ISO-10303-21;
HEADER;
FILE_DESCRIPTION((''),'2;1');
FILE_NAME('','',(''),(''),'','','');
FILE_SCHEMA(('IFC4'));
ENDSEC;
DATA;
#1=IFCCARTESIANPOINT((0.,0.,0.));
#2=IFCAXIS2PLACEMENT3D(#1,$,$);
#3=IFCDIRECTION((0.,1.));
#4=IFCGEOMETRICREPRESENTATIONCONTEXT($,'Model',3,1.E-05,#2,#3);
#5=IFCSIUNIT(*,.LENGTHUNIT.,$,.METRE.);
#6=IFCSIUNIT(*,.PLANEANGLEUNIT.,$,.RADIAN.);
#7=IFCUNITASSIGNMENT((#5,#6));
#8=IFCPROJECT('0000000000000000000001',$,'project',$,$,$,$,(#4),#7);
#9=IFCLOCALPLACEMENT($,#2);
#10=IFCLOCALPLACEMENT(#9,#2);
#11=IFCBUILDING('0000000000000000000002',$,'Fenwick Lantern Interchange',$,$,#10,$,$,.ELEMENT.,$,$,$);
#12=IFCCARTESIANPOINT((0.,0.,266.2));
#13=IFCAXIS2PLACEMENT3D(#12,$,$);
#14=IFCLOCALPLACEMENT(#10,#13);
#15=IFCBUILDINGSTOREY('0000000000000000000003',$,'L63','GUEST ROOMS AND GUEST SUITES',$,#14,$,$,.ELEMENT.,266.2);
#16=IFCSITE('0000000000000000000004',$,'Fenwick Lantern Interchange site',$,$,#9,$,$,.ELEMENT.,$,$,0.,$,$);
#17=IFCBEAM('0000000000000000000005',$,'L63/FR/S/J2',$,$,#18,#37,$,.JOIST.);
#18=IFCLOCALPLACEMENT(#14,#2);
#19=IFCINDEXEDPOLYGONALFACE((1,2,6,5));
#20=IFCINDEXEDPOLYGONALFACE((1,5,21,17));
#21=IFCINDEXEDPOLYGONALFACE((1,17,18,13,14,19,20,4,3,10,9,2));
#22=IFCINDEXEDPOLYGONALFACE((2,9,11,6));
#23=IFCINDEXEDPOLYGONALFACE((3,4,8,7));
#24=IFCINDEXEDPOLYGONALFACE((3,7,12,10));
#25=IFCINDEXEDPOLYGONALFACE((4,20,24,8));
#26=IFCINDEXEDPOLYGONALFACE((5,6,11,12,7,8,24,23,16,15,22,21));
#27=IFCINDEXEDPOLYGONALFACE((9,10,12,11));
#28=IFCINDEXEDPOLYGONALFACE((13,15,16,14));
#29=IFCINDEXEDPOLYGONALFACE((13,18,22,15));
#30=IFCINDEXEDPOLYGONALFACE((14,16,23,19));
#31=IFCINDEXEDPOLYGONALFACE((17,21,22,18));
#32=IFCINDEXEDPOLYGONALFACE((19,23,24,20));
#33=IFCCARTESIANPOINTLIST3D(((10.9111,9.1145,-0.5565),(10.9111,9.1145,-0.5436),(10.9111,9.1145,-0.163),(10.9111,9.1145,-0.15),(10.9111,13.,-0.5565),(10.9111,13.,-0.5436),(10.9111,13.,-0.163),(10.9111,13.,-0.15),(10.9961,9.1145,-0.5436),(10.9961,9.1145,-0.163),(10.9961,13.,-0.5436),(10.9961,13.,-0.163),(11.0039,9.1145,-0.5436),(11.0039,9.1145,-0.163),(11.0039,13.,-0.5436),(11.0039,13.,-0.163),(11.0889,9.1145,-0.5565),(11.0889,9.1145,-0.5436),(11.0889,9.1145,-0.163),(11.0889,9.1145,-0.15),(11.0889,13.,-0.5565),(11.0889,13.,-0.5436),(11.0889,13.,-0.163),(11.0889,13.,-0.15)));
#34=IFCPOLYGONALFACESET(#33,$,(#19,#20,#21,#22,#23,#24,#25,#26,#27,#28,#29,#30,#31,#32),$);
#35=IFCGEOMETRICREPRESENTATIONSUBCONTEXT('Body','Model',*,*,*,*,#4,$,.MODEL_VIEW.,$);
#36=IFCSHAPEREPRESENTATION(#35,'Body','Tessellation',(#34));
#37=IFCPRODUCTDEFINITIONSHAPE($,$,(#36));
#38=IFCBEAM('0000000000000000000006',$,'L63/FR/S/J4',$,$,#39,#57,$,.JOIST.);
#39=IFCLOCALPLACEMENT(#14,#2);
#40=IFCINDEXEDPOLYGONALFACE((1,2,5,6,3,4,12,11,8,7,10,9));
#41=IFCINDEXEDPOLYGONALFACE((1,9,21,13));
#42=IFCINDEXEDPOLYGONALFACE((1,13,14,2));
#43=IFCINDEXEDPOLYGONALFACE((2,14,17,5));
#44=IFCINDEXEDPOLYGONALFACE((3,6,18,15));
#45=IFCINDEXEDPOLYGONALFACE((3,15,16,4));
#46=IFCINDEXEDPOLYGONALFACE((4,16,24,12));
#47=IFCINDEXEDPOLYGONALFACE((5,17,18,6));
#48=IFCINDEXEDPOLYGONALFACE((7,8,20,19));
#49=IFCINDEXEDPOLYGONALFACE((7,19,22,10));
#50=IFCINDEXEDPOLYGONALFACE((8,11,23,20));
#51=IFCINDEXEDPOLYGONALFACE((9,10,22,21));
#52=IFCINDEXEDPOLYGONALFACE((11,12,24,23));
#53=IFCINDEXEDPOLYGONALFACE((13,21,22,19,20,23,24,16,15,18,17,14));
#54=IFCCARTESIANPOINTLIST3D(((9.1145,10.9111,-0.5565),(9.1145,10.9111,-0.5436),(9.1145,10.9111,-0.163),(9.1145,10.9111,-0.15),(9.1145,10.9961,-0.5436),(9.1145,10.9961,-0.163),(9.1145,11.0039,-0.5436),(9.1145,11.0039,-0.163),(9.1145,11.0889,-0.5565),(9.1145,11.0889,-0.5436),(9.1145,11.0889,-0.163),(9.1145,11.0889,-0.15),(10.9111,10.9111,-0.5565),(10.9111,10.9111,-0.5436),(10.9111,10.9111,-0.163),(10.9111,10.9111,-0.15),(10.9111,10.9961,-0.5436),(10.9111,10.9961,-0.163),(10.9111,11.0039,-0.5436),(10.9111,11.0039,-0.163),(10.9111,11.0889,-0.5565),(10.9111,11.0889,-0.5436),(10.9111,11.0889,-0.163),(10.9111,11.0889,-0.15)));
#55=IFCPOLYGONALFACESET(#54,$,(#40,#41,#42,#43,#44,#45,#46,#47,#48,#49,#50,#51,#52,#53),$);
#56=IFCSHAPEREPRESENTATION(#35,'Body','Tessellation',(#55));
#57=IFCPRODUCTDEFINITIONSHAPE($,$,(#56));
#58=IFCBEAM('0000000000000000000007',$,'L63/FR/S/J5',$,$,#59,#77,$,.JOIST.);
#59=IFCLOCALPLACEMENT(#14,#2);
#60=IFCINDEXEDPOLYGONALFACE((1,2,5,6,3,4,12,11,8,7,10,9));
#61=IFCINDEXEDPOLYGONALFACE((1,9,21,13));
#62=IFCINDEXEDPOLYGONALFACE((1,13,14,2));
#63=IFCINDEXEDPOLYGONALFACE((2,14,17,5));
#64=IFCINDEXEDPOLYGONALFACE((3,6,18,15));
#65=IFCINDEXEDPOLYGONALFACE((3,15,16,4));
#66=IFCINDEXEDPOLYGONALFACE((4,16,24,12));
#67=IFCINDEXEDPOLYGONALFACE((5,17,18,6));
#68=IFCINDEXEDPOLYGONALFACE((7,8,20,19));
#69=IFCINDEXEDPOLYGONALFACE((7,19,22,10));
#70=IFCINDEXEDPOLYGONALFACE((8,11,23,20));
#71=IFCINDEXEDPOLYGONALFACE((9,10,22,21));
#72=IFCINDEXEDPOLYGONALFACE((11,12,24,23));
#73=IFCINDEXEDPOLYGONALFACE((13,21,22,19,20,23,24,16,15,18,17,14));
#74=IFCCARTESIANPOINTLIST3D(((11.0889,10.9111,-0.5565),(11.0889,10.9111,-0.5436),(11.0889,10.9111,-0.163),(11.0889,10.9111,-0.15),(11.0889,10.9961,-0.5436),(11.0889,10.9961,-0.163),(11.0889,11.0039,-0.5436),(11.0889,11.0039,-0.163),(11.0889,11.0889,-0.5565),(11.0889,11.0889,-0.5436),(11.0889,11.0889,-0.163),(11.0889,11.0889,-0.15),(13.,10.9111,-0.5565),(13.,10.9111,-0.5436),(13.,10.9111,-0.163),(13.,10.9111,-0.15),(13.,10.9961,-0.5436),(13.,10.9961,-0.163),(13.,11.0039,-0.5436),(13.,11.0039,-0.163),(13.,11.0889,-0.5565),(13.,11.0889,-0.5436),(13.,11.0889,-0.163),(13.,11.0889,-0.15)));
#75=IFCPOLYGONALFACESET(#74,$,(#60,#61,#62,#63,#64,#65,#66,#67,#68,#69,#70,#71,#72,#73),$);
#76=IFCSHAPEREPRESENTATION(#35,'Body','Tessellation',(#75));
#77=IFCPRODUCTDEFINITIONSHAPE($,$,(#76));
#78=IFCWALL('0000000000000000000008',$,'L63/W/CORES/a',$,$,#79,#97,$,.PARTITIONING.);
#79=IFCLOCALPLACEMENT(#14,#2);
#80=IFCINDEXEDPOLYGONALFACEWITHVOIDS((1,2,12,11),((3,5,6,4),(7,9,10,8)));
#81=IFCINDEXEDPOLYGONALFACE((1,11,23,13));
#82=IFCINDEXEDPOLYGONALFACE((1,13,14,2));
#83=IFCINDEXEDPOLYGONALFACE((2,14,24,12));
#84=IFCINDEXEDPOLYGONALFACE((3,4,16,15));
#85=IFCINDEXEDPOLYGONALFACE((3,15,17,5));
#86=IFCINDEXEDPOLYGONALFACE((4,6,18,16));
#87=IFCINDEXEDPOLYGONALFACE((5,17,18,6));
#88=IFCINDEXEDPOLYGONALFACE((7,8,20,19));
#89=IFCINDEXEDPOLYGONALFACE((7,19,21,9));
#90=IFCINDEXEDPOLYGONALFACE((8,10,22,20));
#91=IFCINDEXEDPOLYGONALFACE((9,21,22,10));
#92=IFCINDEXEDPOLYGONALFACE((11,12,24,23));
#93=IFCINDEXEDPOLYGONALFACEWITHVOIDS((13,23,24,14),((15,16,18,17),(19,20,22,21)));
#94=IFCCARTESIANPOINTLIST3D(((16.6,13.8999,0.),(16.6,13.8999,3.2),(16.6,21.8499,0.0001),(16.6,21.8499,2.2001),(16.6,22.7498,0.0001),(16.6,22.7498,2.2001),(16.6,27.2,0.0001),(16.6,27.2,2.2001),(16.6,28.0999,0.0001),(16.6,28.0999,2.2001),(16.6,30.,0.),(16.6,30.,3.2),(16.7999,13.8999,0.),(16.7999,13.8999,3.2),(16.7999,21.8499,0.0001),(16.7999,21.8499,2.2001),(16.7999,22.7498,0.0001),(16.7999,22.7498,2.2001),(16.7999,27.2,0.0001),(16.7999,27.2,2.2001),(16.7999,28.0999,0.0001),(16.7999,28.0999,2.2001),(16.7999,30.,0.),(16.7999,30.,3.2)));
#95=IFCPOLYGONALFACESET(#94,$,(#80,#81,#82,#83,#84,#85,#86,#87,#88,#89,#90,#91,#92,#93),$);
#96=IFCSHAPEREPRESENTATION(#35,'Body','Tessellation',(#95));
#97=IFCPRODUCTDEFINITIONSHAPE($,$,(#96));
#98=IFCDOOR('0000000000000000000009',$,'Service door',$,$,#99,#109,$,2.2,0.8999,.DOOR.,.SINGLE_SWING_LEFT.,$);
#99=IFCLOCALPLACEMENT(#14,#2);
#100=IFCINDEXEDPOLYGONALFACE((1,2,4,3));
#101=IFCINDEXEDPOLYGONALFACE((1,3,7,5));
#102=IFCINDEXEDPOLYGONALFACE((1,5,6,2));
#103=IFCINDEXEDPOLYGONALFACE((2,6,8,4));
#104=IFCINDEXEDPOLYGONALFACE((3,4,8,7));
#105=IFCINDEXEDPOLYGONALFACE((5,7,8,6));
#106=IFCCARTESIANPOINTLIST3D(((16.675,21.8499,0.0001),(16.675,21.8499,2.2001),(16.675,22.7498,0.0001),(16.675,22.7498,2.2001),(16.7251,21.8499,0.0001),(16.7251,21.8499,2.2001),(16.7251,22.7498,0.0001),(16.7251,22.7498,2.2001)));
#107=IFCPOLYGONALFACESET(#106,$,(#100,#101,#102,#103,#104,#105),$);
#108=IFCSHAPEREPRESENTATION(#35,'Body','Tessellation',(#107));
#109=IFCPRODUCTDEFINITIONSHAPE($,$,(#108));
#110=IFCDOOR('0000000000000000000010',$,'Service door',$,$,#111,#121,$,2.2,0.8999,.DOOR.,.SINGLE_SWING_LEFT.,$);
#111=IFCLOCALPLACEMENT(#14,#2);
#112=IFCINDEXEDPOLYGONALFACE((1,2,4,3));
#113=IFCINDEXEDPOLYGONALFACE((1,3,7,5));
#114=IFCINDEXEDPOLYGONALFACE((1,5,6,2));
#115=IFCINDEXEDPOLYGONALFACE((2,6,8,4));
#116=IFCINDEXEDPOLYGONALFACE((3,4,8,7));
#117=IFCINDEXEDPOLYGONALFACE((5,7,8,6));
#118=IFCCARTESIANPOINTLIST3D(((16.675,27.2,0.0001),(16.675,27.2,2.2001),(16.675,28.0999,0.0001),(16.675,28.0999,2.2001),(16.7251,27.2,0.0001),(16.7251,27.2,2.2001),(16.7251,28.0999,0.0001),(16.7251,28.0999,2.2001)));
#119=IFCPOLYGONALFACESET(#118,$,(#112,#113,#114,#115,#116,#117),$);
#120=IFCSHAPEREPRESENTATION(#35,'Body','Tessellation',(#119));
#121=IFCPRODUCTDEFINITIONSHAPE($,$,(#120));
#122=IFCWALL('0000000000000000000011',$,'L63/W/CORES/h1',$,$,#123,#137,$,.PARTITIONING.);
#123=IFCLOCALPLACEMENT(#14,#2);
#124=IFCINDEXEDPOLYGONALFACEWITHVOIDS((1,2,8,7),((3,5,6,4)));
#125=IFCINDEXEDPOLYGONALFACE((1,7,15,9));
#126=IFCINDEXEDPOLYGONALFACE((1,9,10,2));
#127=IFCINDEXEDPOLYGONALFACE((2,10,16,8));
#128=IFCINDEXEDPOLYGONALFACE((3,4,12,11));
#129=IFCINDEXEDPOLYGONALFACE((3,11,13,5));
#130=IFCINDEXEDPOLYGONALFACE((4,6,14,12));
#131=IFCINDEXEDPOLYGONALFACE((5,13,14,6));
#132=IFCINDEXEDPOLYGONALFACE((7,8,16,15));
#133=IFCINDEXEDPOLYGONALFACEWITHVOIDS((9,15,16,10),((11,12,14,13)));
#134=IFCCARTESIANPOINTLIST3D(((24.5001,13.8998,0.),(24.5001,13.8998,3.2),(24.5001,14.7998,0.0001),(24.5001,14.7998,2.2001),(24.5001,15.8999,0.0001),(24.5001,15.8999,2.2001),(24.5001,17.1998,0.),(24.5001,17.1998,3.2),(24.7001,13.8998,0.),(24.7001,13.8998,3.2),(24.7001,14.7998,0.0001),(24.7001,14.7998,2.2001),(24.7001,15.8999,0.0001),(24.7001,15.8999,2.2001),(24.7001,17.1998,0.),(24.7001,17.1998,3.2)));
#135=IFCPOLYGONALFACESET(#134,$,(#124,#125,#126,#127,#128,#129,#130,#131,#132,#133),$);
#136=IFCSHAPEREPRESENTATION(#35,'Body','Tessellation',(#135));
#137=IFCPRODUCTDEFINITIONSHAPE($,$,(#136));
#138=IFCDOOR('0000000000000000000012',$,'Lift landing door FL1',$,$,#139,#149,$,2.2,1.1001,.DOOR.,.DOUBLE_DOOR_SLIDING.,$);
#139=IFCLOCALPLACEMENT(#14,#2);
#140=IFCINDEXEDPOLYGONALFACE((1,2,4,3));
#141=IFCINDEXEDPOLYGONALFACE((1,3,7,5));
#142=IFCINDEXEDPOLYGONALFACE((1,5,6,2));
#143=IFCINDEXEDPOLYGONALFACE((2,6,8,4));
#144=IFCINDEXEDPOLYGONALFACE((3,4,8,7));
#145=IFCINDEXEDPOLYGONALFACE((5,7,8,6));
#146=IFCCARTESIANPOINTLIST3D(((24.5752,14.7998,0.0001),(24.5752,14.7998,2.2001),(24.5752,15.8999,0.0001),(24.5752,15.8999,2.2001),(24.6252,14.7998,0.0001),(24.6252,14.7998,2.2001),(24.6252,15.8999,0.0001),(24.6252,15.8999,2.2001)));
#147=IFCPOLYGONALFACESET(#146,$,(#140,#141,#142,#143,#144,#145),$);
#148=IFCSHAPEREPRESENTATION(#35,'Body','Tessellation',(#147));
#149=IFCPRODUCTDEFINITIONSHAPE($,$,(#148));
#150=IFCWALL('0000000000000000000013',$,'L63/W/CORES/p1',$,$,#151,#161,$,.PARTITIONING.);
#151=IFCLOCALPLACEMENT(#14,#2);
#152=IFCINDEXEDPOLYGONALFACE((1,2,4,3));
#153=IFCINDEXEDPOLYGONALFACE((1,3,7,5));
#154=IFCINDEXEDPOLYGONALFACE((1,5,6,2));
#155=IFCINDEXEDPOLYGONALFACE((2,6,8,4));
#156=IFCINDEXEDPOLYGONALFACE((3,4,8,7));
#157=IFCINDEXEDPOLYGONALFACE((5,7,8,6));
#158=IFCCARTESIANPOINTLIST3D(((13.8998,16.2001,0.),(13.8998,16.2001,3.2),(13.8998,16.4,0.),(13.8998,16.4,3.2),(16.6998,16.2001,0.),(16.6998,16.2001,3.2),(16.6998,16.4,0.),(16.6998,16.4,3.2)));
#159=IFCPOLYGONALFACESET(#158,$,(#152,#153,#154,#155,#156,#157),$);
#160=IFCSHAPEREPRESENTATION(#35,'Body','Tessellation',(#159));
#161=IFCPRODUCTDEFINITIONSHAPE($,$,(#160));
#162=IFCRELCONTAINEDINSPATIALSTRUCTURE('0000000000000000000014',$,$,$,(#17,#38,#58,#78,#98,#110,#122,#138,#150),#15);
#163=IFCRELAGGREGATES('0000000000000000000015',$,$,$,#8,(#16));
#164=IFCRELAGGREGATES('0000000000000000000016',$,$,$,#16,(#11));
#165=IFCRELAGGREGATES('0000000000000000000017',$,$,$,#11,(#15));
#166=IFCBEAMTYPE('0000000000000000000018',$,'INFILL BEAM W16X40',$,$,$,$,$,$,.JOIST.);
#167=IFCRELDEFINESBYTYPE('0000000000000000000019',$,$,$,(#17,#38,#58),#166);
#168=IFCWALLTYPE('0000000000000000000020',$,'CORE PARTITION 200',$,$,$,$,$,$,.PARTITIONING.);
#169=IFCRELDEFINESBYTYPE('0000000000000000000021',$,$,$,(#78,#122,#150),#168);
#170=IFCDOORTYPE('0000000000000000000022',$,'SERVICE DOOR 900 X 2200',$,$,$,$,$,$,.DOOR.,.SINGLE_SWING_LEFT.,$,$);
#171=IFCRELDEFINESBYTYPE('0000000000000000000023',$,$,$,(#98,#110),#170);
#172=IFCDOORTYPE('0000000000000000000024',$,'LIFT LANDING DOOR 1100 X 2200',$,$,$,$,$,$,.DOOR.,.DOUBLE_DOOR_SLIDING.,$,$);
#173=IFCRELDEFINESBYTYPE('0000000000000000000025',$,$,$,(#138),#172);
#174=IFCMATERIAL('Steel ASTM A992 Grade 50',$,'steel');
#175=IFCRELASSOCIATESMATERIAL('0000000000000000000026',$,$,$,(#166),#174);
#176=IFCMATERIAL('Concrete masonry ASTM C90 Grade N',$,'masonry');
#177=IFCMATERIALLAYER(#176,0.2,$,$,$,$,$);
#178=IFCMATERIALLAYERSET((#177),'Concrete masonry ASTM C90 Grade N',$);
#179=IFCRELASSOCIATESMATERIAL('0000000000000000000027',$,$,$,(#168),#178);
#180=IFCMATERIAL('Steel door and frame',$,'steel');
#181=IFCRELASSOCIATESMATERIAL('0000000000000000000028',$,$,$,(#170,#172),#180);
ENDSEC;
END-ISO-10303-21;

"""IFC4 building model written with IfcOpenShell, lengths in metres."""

from ifc_helpers import new_model, si_unit, direction, frame, frame_2d, origin, origin_2d, place, context, subcontext, project, spatial, rectangle, i_section, extrude, material, layer, layer_set, material_profile, profile_set, type_object, element, fill, save


model = new_model("IFC4")

# Units and contexts
model_context = context("Model", 3, precision=1e-05, world=origin(), true_north=direction((0.0, 1.0)))
body_context = subcontext(model_context, "Body", "Model", "MODEL_VIEW")
ifc_project = project(units=[si_unit("LENGTHUNIT", "METRE"), si_unit("PLANEANGLEUNIT", "RADIAN")], contexts=[model_context])

# Site, building, storey
site_placement = place(None, origin())
site = spatial("IfcSite", under=ifc_project, at=site_placement, Name="Fenwick Lantern Interchange site", CompositionType="ELEMENT", RefElevation=0.0)
building_placement = place(site_placement, origin())
building = spatial("IfcBuilding", under=site, at=building_placement, Name="Fenwick Lantern Interchange", CompositionType="ELEMENT")
storey_placement = place(building_placement, frame((0.0, 0.0, 266.2)))
storey = spatial("IfcBuildingStorey", under=building, at=storey_placement, Name="L63", Description="GUEST ROOMS AND GUEST SUITES", CompositionType="ELEMENT", Elevation=266.2)

# Beams
ifc_material_1 = material(Name="Steel ASTM A992 Grade 50", Category="steel")
ifc_material_profile = material_profile(ifc_material_1, i_section(OverallWidth=0.1777, OverallDepth=0.4065, WebThickness=0.0078, FlangeThickness=0.0129, at=origin_2d()), Name="W16X40")
ifc_profile_set = profile_set([ifc_material_profile], Name="Steel ASTM A992 Grade 50")
beam_type = type_object("IfcBeamType", Name="INFILL BEAM W16X40", PredefinedType="JOIST", material=ifc_profile_set)
beam_1_placement = place(storey_placement, frame((11.0, 9.1145, -0.3533), z_axis=(0.0, 1.0, 0.0), x_axis=(-1.0, 0.0, 0.0)))
element("IfcBeam", 1, at=beam_1_placement, inside=storey, type_object=beam_type, Name="L63/FR/S/J2", PredefinedType="JOIST", context=body_context, shape_type="SweptSolid", body=[
    extrude(i_section(OverallWidth=0.1777, OverallDepth=0.4065, WebThickness=0.0078, FlangeThickness=0.0129, at=origin_2d()), origin(), (0.0, 0.0, 1.0), 3.8855),
])
beam_2_placement = place(storey_placement, frame((9.1145, 11.0, -0.3533), z_axis=(1.0, 0.0, 0.0), x_axis=(0.0, 1.0, 0.0)))
element("IfcBeam", 2, at=beam_2_placement, inside=storey, type_object=beam_type, Name="L63/FR/S/J4", PredefinedType="JOIST", context=body_context, shape_type="SweptSolid", body=[
    extrude(i_section(OverallWidth=0.1777, OverallDepth=0.4065, WebThickness=0.0078, FlangeThickness=0.0129, at=origin_2d()), origin(), (0.0, 0.0, 1.0), 1.7966),
])
beam_3_placement = place(storey_placement, frame((11.0889, 11.0, -0.3533), z_axis=(1.0, 0.0, 0.0), x_axis=(0.0, 1.0, 0.0)))
element("IfcBeam", 3, at=beam_3_placement, inside=storey, type_object=beam_type, Name="L63/FR/S/J5", PredefinedType="JOIST", context=body_context, shape_type="SweptSolid", body=[
    extrude(i_section(OverallWidth=0.1777, OverallDepth=0.4065, WebThickness=0.0078, FlangeThickness=0.0129, at=origin_2d()), origin(), (0.0, 0.0, 1.0), 1.9111),
])

# Wall, openings, doors
ifc_material_2 = material(Name="Concrete masonry ASTM C90 Grade N", Category="masonry")
ifc_layer_1 = layer(ifc_material_2, 0.2)
ifc_layer_set_1 = layer_set([ifc_layer_1], Name="Concrete masonry ASTM C90 Grade N")
wall_type_1 = type_object("IfcWallType", Name="CORE PARTITION 200", PredefinedType="PARTITIONING", material=ifc_layer_set_1)
wall_1_placement = place(storey_placement, frame((16.7, 13.8999, 0.0), z_axis=(0.0, 0.0, 1.0), x_axis=(0.0, 1.0, 0.0)))
wall_1 = element("IfcWall", 4, at=wall_1_placement, inside=storey, type_object=wall_type_1, Name="L63/W/CORES/a", PredefinedType="PARTITIONING", context=body_context, shape_type="SweptSolid", body=[
    extrude(rectangle(XDim=16.1001, YDim=0.2, at=frame_2d((8.05, 0.0))), origin(), (0.0, 0.0, 1.0), 3.2),
])
opening_1_placement = place(wall_1_placement, frame((7.95, 0.0, 0.0)))
opening_1 = element("IfcOpeningElement", 5, at=opening_1_placement, cuts=wall_1, PredefinedType="OPENING", context=body_context, shape_type="SweptSolid", body=[
    extrude(rectangle(XDim=0.8999, YDim=2.2, at=frame_2d((0.45, 1.1001))), frame((0.0, 0.1099, 0.0), z_axis=(0.0, -1.0, 0.0), x_axis=(1.0, 0.0, 0.0)), (0.0, 0.0, 1.0), 0.22),
])
opening_2_placement = place(wall_1_placement, frame((13.3, 0.0, 0.0)))
opening_2 = element("IfcOpeningElement", 6, at=opening_2_placement, cuts=wall_1, PredefinedType="OPENING", context=body_context, shape_type="SweptSolid", body=[
    extrude(rectangle(XDim=0.8999, YDim=2.2, at=frame_2d((0.45, 1.1001))), frame((0.0, 0.1099, 0.0), z_axis=(0.0, -1.0, 0.0), x_axis=(1.0, 0.0, 0.0)), (0.0, 0.0, 1.0), 0.22),
])
ifc_material_3 = material(Name="Steel door and frame", Category="steel")
door_type_1 = type_object("IfcDoorType", Name="SERVICE DOOR 900 X 2200", OperationType="SINGLE_SWING_LEFT", PredefinedType="DOOR", material=ifc_material_3)
door_1_placement = place(opening_1_placement, origin())
door_1 = element("IfcDoor", 7, at=door_1_placement, inside=storey, type_object=door_type_1, Name="Service door", OperationType="SINGLE_SWING_LEFT", OverallHeight=2.2, OverallWidth=0.8999, PredefinedType="DOOR", context=body_context, shape_type="SweptSolid", body=[
    extrude(rectangle(XDim=0.8999, YDim=2.2, at=frame_2d((0.45, 1.1001))), frame((0.0, 0.0249, 0.0), z_axis=(0.0, -1.0, 0.0), x_axis=(1.0, 0.0, 0.0)), (0.0, 0.0, 1.0), 0.05),
])
fill(opening_1, door_1)
door_2_placement = place(opening_2_placement, origin())
door_2 = element("IfcDoor", 8, at=door_2_placement, inside=storey, type_object=door_type_1, Name="Service door", OperationType="SINGLE_SWING_LEFT", OverallHeight=2.2, OverallWidth=0.8999, PredefinedType="DOOR", context=body_context, shape_type="SweptSolid", body=[
    extrude(rectangle(XDim=0.8999, YDim=2.2, at=frame_2d((0.45, 1.1001))), frame((0.0, 0.0249, 0.0), z_axis=(0.0, -1.0, 0.0), x_axis=(1.0, 0.0, 0.0)), (0.0, 0.0, 1.0), 0.05),
])
fill(opening_2, door_2)

# Wall, opening, door
wall_2_placement = place(storey_placement, frame((24.6001, 13.8999, 0.0), z_axis=(0.0, 0.0, 1.0), x_axis=(0.0, 1.0, 0.0)))
wall_2 = element("IfcWall", 9, at=wall_2_placement, inside=storey, type_object=wall_type_1, Name="L63/W/CORES/h1", PredefinedType="PARTITIONING", context=body_context, shape_type="SweptSolid", body=[
    extrude(rectangle(XDim=3.3, YDim=0.2, at=frame_2d((1.6499, 0.0))), origin(), (0.0, 0.0, 1.0), 3.2),
])
opening_3_placement = place(wall_2_placement, frame((0.8999, 0.0, 0.0)))
opening_3 = element("IfcOpeningElement", 10, at=opening_3_placement, cuts=wall_2, PredefinedType="OPENING", context=body_context, shape_type="SweptSolid", body=[
    extrude(rectangle(XDim=1.1001, YDim=2.2, at=frame_2d((0.55, 1.1001))), frame((0.0, 0.1099, 0.0), z_axis=(0.0, -1.0, 0.0), x_axis=(1.0, 0.0, 0.0)), (0.0, 0.0, 1.0), 0.22),
])
door_type_2 = type_object("IfcDoorType", Name="LIFT LANDING DOOR 1100 X 2200", OperationType="DOUBLE_DOOR_SLIDING", PredefinedType="DOOR", material=ifc_material_3)
door_3_placement = place(opening_3_placement, origin())
door_3 = element("IfcDoor", 11, at=door_3_placement, inside=storey, type_object=door_type_2, Name="Lift landing door FL1", OperationType="DOUBLE_DOOR_SLIDING", OverallHeight=2.2, OverallWidth=1.1001, PredefinedType="DOOR", context=body_context, shape_type="SweptSolid", body=[
    extrude(rectangle(XDim=1.1001, YDim=2.2, at=frame_2d((0.55, 1.1001))), frame((0.0, 0.0249, 0.0), z_axis=(0.0, -1.0, 0.0), x_axis=(1.0, 0.0, 0.0)), (0.0, 0.0, 1.0), 0.05),
])
fill(opening_3, door_3)

# Wall
wall_3_placement = place(storey_placement, frame((13.8999, 16.3, 0.0), z_axis=(0.0, 0.0, 1.0), x_axis=(1.0, 0.0, 0.0)))
element("IfcWall", 12, at=wall_3_placement, inside=storey, type_object=wall_type_1, Name="L63/W/CORES/p1", PredefinedType="PARTITIONING", context=body_context, shape_type="SweptSolid", body=[
    extrude(rectangle(XDim=2.8, YDim=0.2, at=frame_2d((1.3999, 0.0))), origin(), (0.0, 0.0, 1.0), 3.2),
])

save(model, "model.ifc")
